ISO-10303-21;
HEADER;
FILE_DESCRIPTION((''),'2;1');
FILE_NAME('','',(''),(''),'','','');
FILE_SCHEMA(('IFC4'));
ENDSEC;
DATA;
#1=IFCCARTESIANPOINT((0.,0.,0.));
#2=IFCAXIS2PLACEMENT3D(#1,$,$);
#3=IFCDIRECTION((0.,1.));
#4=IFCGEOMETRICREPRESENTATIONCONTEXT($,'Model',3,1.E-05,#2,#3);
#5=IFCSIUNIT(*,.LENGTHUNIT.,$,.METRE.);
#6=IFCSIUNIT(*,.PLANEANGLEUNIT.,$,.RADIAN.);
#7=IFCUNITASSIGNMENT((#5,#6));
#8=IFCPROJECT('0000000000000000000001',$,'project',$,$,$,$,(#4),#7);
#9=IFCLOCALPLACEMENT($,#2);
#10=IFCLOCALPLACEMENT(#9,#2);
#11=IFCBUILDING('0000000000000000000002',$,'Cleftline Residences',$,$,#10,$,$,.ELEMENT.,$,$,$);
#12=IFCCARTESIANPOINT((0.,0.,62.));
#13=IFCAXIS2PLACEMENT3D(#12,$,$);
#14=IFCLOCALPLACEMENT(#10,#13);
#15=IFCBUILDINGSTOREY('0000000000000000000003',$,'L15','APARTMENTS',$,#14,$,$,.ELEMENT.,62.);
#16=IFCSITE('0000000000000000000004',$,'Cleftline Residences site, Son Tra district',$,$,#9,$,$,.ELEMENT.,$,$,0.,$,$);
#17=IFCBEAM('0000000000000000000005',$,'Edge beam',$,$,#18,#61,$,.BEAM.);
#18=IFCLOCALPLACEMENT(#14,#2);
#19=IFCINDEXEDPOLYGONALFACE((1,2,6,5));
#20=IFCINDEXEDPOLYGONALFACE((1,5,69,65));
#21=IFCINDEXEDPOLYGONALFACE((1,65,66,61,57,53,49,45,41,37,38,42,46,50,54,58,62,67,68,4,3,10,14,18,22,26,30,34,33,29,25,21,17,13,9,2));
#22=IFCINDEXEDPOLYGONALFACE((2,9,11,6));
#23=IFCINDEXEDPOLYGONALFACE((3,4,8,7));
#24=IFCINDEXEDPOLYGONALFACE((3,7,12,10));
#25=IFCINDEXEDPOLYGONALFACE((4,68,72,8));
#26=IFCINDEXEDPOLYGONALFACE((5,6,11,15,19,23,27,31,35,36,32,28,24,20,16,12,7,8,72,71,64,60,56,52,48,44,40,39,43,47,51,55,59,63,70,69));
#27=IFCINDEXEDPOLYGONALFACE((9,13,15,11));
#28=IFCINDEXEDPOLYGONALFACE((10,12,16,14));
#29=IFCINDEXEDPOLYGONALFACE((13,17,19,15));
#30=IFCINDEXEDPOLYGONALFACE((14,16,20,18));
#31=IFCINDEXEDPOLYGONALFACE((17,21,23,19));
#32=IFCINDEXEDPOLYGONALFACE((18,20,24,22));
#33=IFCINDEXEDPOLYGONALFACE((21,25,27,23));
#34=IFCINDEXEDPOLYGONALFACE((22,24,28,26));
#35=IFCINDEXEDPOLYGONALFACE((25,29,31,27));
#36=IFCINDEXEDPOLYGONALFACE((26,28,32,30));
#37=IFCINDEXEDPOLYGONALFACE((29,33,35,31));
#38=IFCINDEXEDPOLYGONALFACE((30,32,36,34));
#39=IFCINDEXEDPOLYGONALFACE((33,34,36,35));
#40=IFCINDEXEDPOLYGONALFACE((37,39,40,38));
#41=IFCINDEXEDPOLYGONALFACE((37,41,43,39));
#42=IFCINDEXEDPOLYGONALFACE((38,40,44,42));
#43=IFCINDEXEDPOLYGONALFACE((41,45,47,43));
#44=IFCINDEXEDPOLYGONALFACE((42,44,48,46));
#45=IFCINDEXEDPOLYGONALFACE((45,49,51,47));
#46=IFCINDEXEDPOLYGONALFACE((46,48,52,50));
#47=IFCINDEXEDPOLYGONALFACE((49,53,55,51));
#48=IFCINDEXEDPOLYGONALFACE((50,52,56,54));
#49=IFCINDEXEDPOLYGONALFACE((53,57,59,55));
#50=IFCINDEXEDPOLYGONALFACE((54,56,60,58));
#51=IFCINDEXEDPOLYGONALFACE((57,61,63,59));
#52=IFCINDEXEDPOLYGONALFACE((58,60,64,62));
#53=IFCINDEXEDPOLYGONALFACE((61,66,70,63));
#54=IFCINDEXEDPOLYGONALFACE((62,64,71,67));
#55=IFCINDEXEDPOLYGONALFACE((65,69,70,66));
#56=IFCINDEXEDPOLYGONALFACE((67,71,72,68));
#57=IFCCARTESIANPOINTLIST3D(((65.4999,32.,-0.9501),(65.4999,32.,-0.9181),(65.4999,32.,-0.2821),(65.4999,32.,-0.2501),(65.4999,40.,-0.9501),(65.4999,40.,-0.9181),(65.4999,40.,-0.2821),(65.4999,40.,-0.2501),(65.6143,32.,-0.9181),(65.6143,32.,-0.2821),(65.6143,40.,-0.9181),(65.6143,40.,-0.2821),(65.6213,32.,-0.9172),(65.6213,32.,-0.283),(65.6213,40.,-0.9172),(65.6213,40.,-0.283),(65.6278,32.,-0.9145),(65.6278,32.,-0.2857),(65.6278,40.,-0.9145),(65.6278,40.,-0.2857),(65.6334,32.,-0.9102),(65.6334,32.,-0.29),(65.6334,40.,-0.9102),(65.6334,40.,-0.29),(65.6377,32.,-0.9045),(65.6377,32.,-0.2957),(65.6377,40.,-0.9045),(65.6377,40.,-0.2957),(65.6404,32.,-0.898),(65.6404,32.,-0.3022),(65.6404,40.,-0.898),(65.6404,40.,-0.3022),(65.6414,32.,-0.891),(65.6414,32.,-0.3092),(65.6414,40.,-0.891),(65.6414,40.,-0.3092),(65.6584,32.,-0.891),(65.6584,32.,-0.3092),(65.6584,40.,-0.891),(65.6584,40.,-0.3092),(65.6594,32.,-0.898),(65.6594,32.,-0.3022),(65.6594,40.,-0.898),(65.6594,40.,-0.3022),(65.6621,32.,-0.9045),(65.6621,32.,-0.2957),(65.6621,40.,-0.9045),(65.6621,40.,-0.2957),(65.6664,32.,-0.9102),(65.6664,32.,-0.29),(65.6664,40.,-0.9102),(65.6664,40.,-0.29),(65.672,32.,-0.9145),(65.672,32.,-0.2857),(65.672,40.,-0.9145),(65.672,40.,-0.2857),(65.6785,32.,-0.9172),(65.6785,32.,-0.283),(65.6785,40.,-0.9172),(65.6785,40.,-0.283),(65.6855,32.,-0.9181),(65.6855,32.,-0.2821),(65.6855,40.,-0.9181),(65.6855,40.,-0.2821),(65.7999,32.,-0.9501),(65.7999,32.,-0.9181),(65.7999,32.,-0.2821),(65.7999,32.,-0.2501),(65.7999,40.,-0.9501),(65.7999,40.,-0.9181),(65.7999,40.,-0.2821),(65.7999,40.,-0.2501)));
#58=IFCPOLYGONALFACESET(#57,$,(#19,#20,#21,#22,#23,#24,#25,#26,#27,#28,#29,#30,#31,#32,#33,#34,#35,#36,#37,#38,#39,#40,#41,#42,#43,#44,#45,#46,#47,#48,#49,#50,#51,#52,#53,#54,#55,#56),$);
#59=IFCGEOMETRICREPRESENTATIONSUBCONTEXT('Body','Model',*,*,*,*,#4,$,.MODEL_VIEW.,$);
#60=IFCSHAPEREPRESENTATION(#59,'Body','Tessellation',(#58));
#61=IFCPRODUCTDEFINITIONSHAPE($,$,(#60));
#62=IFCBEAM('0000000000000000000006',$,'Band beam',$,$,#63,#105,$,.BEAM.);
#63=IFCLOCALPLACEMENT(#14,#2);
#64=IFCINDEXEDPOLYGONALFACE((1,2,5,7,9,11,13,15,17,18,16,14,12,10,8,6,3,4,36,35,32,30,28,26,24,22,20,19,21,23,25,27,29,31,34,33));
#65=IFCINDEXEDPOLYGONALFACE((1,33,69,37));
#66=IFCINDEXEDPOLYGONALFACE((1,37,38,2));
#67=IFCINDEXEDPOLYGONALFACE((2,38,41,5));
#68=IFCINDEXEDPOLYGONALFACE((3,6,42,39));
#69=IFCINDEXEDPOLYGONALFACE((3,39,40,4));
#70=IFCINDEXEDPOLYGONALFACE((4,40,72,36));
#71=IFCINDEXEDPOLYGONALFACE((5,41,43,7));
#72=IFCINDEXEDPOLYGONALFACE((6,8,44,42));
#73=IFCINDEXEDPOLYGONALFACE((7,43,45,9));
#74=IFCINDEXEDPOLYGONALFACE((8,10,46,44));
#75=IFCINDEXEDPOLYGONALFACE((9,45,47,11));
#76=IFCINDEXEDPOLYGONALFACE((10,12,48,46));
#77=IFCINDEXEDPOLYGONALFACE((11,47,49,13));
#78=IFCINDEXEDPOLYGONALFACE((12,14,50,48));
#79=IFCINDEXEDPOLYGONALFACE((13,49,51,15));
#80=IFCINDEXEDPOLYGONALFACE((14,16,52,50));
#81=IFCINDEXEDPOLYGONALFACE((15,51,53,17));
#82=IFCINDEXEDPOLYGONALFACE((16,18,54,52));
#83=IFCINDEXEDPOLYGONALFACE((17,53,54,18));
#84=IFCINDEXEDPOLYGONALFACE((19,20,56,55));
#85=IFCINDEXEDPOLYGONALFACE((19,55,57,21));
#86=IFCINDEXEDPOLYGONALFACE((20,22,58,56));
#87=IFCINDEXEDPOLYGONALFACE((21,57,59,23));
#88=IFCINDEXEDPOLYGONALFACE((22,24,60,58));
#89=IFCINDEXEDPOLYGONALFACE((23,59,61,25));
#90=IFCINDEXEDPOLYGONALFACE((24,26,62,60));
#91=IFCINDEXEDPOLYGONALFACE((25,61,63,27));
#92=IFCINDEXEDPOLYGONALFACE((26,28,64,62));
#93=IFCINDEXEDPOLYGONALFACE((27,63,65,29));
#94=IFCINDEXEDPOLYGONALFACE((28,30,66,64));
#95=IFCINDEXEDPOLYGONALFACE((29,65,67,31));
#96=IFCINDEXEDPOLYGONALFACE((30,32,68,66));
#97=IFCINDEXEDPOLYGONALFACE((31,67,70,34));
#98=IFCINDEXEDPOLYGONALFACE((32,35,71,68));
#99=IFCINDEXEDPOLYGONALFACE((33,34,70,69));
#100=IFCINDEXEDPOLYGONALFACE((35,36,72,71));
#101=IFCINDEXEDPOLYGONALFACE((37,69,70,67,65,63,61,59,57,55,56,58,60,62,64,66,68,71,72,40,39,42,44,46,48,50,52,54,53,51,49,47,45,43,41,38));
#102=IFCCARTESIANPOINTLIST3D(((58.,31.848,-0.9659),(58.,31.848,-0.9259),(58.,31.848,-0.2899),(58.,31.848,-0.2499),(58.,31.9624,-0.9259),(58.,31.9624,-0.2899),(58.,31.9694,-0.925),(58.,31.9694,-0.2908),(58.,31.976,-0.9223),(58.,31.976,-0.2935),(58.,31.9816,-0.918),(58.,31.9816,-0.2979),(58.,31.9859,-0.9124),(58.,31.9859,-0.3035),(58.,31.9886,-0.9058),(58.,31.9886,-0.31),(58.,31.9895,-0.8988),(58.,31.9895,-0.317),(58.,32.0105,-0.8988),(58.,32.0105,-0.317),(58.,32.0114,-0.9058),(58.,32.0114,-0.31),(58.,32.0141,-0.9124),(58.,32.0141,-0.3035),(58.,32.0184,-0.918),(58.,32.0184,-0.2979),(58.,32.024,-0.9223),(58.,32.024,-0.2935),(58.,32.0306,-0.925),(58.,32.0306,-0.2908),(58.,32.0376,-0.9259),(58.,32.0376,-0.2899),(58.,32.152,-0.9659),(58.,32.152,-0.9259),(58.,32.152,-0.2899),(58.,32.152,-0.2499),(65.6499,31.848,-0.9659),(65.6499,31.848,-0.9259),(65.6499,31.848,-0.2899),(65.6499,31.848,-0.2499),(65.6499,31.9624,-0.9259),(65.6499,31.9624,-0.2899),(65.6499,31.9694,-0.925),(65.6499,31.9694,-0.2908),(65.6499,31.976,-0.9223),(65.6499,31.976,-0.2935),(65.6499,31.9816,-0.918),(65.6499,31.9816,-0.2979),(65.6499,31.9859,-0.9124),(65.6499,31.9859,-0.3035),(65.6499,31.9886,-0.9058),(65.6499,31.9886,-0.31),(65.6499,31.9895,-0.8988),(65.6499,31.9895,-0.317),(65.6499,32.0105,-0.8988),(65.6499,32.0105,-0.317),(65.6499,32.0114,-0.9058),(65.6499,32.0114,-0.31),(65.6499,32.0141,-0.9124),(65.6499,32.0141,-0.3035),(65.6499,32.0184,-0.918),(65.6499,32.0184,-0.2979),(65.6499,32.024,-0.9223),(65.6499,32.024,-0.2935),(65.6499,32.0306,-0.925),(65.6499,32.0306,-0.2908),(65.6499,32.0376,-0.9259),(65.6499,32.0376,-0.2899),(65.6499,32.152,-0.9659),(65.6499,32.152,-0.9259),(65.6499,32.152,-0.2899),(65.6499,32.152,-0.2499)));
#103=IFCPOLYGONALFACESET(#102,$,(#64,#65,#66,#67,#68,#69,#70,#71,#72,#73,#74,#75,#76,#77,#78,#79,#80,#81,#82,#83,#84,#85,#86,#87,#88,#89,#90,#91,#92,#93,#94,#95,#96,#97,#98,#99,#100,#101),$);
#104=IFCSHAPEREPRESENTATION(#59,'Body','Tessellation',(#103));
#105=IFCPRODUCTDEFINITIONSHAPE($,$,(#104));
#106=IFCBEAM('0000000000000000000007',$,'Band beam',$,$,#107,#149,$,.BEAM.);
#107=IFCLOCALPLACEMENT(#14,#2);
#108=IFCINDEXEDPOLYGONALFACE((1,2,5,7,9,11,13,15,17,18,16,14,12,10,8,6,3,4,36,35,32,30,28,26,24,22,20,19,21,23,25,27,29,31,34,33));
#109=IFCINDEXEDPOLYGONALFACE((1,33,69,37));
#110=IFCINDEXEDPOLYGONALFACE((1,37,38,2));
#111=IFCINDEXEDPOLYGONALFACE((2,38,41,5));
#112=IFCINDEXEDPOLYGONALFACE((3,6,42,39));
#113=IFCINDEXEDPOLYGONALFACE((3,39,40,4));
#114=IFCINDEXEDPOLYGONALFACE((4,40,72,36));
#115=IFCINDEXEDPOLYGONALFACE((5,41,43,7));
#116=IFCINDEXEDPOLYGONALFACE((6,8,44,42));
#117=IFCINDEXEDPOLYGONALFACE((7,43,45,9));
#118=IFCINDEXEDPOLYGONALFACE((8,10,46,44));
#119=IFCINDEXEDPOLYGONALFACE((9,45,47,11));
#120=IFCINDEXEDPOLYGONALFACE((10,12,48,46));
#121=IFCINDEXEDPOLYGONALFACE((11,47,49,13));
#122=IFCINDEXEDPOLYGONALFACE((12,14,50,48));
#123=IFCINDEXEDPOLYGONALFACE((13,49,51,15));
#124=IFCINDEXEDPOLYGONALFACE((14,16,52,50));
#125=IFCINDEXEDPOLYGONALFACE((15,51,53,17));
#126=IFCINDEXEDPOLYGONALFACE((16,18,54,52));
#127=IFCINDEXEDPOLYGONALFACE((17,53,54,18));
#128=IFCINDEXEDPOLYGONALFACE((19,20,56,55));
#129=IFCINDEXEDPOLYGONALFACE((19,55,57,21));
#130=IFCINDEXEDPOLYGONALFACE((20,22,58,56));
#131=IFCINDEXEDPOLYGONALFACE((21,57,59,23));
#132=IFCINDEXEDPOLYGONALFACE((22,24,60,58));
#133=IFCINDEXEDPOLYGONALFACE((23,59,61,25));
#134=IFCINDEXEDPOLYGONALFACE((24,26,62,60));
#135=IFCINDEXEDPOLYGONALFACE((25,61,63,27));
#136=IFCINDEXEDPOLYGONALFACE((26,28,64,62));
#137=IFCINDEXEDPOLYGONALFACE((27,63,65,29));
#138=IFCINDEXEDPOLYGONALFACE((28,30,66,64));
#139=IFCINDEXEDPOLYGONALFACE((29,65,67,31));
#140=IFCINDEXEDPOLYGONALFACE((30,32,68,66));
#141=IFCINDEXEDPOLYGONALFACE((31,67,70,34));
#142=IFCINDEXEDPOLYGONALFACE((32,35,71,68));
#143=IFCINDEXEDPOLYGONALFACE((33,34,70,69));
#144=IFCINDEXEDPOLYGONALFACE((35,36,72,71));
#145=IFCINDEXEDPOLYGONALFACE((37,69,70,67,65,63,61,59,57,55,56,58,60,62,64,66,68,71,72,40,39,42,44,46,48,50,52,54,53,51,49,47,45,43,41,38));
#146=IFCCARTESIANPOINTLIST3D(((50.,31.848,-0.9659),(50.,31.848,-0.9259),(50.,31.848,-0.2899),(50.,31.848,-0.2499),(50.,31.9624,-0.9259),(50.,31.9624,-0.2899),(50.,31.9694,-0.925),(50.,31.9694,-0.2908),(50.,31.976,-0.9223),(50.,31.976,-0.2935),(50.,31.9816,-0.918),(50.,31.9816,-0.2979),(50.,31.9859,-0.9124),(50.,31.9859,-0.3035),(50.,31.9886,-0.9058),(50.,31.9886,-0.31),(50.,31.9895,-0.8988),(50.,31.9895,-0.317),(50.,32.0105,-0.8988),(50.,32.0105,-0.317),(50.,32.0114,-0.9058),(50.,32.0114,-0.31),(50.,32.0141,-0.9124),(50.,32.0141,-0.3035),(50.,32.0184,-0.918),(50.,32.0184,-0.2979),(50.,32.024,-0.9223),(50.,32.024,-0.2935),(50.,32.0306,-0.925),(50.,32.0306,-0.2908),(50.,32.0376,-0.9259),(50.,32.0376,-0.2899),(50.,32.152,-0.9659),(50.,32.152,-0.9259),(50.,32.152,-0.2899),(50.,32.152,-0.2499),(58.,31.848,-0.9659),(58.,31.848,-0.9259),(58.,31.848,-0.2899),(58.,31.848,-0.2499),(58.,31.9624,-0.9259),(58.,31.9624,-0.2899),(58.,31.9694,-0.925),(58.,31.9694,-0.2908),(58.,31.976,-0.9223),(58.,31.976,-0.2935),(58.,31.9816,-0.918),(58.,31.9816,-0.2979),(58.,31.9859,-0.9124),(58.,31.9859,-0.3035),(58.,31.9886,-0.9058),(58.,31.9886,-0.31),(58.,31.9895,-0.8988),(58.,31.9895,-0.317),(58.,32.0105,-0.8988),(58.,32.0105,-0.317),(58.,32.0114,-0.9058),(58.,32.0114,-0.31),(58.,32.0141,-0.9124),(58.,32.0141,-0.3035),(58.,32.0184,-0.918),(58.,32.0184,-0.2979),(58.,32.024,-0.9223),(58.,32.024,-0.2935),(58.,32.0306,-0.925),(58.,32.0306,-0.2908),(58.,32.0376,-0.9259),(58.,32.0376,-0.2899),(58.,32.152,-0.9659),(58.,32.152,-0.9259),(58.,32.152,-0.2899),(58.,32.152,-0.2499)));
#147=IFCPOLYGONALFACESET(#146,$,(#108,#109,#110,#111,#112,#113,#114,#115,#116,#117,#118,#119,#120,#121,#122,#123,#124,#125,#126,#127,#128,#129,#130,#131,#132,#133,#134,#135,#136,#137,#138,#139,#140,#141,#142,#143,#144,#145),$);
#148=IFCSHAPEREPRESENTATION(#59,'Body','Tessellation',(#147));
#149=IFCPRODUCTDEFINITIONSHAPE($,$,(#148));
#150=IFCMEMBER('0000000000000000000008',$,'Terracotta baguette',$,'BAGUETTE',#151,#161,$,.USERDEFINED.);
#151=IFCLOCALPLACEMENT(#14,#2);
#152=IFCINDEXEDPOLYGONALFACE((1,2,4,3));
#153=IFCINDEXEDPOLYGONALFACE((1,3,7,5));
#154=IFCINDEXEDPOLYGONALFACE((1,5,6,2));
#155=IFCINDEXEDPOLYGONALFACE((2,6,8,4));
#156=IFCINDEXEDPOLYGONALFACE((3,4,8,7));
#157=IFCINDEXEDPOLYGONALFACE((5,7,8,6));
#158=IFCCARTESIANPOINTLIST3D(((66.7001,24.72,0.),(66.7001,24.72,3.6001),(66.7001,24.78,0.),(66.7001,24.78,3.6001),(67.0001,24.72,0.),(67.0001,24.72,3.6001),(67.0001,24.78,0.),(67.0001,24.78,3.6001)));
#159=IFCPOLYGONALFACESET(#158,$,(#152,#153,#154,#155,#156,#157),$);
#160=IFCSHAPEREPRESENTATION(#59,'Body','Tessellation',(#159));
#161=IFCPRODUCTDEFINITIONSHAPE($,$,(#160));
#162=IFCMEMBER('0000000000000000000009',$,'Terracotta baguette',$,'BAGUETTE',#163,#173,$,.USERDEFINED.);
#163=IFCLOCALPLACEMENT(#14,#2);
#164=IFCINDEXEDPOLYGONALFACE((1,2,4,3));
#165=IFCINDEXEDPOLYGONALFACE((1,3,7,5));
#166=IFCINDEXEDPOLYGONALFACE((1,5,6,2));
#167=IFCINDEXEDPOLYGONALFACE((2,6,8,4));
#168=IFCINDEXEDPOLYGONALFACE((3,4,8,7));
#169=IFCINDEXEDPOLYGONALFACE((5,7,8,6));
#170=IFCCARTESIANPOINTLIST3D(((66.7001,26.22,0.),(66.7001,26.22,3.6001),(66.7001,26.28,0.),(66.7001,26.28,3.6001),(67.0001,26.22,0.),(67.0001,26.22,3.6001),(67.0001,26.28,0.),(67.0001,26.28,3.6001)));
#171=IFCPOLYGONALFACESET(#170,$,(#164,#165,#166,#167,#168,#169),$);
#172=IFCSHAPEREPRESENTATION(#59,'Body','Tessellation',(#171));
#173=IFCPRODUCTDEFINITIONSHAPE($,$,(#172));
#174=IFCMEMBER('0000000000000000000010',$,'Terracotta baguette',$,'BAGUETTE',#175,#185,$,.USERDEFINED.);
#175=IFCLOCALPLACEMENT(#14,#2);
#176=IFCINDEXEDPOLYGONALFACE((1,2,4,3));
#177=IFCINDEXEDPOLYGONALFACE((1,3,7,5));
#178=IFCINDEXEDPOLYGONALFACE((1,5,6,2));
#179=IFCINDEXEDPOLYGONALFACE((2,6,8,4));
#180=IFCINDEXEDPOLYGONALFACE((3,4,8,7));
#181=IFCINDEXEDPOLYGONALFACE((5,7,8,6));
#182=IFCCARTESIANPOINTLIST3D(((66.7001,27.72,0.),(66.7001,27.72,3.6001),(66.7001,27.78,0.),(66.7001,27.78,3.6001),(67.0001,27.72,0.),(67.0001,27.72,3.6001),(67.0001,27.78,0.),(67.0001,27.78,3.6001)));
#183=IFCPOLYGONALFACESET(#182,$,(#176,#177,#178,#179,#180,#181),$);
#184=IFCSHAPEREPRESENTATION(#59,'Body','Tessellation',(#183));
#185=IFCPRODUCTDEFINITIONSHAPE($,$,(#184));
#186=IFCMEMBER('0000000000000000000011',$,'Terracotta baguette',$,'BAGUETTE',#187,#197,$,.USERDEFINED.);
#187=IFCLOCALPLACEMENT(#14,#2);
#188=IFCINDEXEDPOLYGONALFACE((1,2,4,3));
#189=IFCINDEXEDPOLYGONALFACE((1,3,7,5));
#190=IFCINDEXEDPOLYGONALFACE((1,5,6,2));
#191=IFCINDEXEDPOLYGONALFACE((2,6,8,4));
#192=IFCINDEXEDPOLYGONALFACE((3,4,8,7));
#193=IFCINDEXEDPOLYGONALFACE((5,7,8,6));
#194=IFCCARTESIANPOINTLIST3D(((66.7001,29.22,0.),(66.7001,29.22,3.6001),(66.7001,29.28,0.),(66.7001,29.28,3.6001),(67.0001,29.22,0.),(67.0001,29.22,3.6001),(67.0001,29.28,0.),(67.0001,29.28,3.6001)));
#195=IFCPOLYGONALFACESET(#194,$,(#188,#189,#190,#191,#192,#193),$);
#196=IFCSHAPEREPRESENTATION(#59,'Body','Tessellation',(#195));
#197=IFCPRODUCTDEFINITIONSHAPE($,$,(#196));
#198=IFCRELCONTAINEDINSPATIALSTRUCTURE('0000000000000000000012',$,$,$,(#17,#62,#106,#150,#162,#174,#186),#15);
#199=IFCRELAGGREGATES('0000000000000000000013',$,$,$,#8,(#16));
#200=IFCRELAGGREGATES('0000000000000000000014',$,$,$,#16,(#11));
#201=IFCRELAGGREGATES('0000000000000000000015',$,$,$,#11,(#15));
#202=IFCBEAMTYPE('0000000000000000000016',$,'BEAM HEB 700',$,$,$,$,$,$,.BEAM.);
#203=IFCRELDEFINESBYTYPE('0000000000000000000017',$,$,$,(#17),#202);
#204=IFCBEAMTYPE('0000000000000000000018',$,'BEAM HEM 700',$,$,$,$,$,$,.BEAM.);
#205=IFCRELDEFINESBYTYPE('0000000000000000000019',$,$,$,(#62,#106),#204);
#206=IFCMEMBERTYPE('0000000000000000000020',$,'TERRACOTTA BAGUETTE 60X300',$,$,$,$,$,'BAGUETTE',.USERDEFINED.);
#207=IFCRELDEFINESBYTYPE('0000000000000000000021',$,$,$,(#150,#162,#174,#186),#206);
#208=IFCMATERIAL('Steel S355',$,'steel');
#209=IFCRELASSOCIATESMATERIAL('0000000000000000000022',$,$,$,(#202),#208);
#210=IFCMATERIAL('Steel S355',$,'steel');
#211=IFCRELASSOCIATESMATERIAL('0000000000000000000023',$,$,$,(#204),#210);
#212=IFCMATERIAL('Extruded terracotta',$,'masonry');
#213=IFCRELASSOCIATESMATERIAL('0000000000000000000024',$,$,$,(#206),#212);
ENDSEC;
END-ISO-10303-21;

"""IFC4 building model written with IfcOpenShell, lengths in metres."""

from ifc_helpers import new_model, si_unit, direction, frame, origin, origin_2d, place, context, subcontext, project, spatial, rectangle, i_section, extrude, material, material_profile, profile_set, type_object, element, save


model = new_model("IFC4")

# Units and contexts
model_context = context("Model", 3, precision=1e-05, world=origin(), true_north=direction((0.0, 1.0)))
body_context = subcontext(model_context, "Body", "Model", "MODEL_VIEW")
ifc_project = project(units=[si_unit("LENGTHUNIT", "METRE"), si_unit("PLANEANGLEUNIT", "RADIAN")], contexts=[model_context])

# Site, building, storey
site_placement = place(None, origin())
site = spatial("IfcSite", under=ifc_project, at=site_placement, Name="Cleftline Residences site, Son Tra district", CompositionType="ELEMENT", RefElevation=0.0)
building_placement = place(site_placement, origin())
building = spatial("IfcBuilding", under=site, at=building_placement, Name="Cleftline Residences", CompositionType="ELEMENT")
storey_placement = place(building_placement, frame((0.0, 0.0, 62.0)))
storey = spatial("IfcBuildingStorey", under=building, at=storey_placement, Name="L15", Description="APARTMENTS", CompositionType="ELEMENT", Elevation=62.0)

# Beams
ifc_material_1 = material(Name="Steel S355", Category="steel")
ifc_material_profile_1 = material_profile(ifc_material_1, i_section(OverallWidth=0.3, OverallDepth=0.7, WebThickness=0.0171, FlangeThickness=0.032, FilletRadius=0.0271, at=origin_2d()))
ifc_profile_set_1 = profile_set([ifc_material_profile_1], Name="Steel S355")
beam_type_1 = type_object("IfcBeamType", Name="BEAM HEB 700", PredefinedType="BEAM", material=ifc_profile_set_1)
for number, where, z_axis, x_axis, name in (
    (1, (65.6499, 32.0, -0.6001), (0.0, 1.0, 0.0), (-1.0, 0.0, 0.0), "Edge beam"),
):
    element("IfcBeam", number, at=place(storey_placement, frame(where, z_axis=z_axis, x_axis=x_axis)), inside=storey, type_object=beam_type_1, Name=name, PredefinedType="BEAM", context=body_context, shape_type="SweptSolid", body=[
        extrude(i_section(OverallWidth=0.3, OverallDepth=0.7, WebThickness=0.0171, FlangeThickness=0.032, FilletRadius=0.0271, at=origin_2d()), origin(), (0.0, 0.0, 1.0), 8.0),
    ])
ifc_material_2 = material(Name="Steel S355", Category="steel")
ifc_material_profile_2 = material_profile(ifc_material_2, i_section(OverallWidth=0.304, OverallDepth=0.7161, WebThickness=0.021, FlangeThickness=0.04, FilletRadius=0.0271, at=origin_2d()))
ifc_profile_set_2 = profile_set([ifc_material_profile_2], Name="Steel S355")
beam_type_2 = type_object("IfcBeamType", Name="BEAM HEM 700", PredefinedType="BEAM", material=ifc_profile_set_2)
beam_1_placement = place(storey_placement, frame((65.6499, 32.0, -0.6079), z_axis=(-1.0, 0.0, 0.0), x_axis=(0.0, -1.0, 0.0)))
element("IfcBeam", 2, at=beam_1_placement, inside=storey, type_object=beam_type_2, Name="Band beam", PredefinedType="BEAM", context=body_context, shape_type="SweptSolid", body=[
    extrude(i_section(OverallWidth=0.304, OverallDepth=0.7161, WebThickness=0.021, FlangeThickness=0.04, FilletRadius=0.0271, at=origin_2d()), origin(), (0.0, 0.0, 1.0), 7.6499),
])
beam_2_placement = place(storey_placement, frame((58.0, 32.0, -0.6079), z_axis=(-1.0, 0.0, 0.0), x_axis=(0.0, -1.0, 0.0)))
element("IfcBeam", 3, at=beam_2_placement, inside=storey, type_object=beam_type_2, Name="Band beam", PredefinedType="BEAM", context=body_context, shape_type="SweptSolid", body=[
    extrude(i_section(OverallWidth=0.304, OverallDepth=0.7161, WebThickness=0.021, FlangeThickness=0.04, FilletRadius=0.0271, at=origin_2d()), origin(), (0.0, 0.0, 1.0), 8.0),
])

# Members
ifc_material_3 = material(Name="Extruded terracotta", Category="masonry")
ifc_material_profile_3 = material_profile(ifc_material_3, rectangle(XDim=0.0601, YDim=0.3, at=origin_2d()))
ifc_profile_set_3 = profile_set([ifc_material_profile_3], Name="Extruded terracotta")
member_type_1 = type_object("IfcMemberType", Name="TERRACOTTA BAGUETTE 60X300", ElementType="BAGUETTE", PredefinedType="USERDEFINED", material=ifc_profile_set_3)
for number, where, z_axis, x_axis, name in (
    (4, (66.8501, 24.75, 0.0), (0.0, 0.0, 1.0), (0.0, 1.0, 0.0), "Terracotta baguette"),
    (5, (66.8501, 26.25, 0.0), (0.0, 0.0, 1.0), (0.0, 1.0, 0.0), "Terracotta baguette"),
    (6, (66.8501, 27.75, 0.0), (0.0, 0.0, 1.0), (0.0, 1.0, 0.0), "Terracotta baguette"),
    (7, (66.8501, 29.25, 0.0), (0.0, 0.0, 1.0), (0.0, 1.0, 0.0), "Terracotta baguette"),
):
    element("IfcMember", number, at=place(storey_placement, frame(where, z_axis=z_axis, x_axis=x_axis)), inside=storey, type_object=member_type_1, Name=name, ObjectType="BAGUETTE", PredefinedType="USERDEFINED", context=body_context, shape_type="SweptSolid", body=[
        extrude(rectangle(XDim=0.0601, YDim=0.3, at=origin_2d()), origin(), (0.0, 0.0, 1.0), 3.6001),
    ])

save(model, "model.ifc")
